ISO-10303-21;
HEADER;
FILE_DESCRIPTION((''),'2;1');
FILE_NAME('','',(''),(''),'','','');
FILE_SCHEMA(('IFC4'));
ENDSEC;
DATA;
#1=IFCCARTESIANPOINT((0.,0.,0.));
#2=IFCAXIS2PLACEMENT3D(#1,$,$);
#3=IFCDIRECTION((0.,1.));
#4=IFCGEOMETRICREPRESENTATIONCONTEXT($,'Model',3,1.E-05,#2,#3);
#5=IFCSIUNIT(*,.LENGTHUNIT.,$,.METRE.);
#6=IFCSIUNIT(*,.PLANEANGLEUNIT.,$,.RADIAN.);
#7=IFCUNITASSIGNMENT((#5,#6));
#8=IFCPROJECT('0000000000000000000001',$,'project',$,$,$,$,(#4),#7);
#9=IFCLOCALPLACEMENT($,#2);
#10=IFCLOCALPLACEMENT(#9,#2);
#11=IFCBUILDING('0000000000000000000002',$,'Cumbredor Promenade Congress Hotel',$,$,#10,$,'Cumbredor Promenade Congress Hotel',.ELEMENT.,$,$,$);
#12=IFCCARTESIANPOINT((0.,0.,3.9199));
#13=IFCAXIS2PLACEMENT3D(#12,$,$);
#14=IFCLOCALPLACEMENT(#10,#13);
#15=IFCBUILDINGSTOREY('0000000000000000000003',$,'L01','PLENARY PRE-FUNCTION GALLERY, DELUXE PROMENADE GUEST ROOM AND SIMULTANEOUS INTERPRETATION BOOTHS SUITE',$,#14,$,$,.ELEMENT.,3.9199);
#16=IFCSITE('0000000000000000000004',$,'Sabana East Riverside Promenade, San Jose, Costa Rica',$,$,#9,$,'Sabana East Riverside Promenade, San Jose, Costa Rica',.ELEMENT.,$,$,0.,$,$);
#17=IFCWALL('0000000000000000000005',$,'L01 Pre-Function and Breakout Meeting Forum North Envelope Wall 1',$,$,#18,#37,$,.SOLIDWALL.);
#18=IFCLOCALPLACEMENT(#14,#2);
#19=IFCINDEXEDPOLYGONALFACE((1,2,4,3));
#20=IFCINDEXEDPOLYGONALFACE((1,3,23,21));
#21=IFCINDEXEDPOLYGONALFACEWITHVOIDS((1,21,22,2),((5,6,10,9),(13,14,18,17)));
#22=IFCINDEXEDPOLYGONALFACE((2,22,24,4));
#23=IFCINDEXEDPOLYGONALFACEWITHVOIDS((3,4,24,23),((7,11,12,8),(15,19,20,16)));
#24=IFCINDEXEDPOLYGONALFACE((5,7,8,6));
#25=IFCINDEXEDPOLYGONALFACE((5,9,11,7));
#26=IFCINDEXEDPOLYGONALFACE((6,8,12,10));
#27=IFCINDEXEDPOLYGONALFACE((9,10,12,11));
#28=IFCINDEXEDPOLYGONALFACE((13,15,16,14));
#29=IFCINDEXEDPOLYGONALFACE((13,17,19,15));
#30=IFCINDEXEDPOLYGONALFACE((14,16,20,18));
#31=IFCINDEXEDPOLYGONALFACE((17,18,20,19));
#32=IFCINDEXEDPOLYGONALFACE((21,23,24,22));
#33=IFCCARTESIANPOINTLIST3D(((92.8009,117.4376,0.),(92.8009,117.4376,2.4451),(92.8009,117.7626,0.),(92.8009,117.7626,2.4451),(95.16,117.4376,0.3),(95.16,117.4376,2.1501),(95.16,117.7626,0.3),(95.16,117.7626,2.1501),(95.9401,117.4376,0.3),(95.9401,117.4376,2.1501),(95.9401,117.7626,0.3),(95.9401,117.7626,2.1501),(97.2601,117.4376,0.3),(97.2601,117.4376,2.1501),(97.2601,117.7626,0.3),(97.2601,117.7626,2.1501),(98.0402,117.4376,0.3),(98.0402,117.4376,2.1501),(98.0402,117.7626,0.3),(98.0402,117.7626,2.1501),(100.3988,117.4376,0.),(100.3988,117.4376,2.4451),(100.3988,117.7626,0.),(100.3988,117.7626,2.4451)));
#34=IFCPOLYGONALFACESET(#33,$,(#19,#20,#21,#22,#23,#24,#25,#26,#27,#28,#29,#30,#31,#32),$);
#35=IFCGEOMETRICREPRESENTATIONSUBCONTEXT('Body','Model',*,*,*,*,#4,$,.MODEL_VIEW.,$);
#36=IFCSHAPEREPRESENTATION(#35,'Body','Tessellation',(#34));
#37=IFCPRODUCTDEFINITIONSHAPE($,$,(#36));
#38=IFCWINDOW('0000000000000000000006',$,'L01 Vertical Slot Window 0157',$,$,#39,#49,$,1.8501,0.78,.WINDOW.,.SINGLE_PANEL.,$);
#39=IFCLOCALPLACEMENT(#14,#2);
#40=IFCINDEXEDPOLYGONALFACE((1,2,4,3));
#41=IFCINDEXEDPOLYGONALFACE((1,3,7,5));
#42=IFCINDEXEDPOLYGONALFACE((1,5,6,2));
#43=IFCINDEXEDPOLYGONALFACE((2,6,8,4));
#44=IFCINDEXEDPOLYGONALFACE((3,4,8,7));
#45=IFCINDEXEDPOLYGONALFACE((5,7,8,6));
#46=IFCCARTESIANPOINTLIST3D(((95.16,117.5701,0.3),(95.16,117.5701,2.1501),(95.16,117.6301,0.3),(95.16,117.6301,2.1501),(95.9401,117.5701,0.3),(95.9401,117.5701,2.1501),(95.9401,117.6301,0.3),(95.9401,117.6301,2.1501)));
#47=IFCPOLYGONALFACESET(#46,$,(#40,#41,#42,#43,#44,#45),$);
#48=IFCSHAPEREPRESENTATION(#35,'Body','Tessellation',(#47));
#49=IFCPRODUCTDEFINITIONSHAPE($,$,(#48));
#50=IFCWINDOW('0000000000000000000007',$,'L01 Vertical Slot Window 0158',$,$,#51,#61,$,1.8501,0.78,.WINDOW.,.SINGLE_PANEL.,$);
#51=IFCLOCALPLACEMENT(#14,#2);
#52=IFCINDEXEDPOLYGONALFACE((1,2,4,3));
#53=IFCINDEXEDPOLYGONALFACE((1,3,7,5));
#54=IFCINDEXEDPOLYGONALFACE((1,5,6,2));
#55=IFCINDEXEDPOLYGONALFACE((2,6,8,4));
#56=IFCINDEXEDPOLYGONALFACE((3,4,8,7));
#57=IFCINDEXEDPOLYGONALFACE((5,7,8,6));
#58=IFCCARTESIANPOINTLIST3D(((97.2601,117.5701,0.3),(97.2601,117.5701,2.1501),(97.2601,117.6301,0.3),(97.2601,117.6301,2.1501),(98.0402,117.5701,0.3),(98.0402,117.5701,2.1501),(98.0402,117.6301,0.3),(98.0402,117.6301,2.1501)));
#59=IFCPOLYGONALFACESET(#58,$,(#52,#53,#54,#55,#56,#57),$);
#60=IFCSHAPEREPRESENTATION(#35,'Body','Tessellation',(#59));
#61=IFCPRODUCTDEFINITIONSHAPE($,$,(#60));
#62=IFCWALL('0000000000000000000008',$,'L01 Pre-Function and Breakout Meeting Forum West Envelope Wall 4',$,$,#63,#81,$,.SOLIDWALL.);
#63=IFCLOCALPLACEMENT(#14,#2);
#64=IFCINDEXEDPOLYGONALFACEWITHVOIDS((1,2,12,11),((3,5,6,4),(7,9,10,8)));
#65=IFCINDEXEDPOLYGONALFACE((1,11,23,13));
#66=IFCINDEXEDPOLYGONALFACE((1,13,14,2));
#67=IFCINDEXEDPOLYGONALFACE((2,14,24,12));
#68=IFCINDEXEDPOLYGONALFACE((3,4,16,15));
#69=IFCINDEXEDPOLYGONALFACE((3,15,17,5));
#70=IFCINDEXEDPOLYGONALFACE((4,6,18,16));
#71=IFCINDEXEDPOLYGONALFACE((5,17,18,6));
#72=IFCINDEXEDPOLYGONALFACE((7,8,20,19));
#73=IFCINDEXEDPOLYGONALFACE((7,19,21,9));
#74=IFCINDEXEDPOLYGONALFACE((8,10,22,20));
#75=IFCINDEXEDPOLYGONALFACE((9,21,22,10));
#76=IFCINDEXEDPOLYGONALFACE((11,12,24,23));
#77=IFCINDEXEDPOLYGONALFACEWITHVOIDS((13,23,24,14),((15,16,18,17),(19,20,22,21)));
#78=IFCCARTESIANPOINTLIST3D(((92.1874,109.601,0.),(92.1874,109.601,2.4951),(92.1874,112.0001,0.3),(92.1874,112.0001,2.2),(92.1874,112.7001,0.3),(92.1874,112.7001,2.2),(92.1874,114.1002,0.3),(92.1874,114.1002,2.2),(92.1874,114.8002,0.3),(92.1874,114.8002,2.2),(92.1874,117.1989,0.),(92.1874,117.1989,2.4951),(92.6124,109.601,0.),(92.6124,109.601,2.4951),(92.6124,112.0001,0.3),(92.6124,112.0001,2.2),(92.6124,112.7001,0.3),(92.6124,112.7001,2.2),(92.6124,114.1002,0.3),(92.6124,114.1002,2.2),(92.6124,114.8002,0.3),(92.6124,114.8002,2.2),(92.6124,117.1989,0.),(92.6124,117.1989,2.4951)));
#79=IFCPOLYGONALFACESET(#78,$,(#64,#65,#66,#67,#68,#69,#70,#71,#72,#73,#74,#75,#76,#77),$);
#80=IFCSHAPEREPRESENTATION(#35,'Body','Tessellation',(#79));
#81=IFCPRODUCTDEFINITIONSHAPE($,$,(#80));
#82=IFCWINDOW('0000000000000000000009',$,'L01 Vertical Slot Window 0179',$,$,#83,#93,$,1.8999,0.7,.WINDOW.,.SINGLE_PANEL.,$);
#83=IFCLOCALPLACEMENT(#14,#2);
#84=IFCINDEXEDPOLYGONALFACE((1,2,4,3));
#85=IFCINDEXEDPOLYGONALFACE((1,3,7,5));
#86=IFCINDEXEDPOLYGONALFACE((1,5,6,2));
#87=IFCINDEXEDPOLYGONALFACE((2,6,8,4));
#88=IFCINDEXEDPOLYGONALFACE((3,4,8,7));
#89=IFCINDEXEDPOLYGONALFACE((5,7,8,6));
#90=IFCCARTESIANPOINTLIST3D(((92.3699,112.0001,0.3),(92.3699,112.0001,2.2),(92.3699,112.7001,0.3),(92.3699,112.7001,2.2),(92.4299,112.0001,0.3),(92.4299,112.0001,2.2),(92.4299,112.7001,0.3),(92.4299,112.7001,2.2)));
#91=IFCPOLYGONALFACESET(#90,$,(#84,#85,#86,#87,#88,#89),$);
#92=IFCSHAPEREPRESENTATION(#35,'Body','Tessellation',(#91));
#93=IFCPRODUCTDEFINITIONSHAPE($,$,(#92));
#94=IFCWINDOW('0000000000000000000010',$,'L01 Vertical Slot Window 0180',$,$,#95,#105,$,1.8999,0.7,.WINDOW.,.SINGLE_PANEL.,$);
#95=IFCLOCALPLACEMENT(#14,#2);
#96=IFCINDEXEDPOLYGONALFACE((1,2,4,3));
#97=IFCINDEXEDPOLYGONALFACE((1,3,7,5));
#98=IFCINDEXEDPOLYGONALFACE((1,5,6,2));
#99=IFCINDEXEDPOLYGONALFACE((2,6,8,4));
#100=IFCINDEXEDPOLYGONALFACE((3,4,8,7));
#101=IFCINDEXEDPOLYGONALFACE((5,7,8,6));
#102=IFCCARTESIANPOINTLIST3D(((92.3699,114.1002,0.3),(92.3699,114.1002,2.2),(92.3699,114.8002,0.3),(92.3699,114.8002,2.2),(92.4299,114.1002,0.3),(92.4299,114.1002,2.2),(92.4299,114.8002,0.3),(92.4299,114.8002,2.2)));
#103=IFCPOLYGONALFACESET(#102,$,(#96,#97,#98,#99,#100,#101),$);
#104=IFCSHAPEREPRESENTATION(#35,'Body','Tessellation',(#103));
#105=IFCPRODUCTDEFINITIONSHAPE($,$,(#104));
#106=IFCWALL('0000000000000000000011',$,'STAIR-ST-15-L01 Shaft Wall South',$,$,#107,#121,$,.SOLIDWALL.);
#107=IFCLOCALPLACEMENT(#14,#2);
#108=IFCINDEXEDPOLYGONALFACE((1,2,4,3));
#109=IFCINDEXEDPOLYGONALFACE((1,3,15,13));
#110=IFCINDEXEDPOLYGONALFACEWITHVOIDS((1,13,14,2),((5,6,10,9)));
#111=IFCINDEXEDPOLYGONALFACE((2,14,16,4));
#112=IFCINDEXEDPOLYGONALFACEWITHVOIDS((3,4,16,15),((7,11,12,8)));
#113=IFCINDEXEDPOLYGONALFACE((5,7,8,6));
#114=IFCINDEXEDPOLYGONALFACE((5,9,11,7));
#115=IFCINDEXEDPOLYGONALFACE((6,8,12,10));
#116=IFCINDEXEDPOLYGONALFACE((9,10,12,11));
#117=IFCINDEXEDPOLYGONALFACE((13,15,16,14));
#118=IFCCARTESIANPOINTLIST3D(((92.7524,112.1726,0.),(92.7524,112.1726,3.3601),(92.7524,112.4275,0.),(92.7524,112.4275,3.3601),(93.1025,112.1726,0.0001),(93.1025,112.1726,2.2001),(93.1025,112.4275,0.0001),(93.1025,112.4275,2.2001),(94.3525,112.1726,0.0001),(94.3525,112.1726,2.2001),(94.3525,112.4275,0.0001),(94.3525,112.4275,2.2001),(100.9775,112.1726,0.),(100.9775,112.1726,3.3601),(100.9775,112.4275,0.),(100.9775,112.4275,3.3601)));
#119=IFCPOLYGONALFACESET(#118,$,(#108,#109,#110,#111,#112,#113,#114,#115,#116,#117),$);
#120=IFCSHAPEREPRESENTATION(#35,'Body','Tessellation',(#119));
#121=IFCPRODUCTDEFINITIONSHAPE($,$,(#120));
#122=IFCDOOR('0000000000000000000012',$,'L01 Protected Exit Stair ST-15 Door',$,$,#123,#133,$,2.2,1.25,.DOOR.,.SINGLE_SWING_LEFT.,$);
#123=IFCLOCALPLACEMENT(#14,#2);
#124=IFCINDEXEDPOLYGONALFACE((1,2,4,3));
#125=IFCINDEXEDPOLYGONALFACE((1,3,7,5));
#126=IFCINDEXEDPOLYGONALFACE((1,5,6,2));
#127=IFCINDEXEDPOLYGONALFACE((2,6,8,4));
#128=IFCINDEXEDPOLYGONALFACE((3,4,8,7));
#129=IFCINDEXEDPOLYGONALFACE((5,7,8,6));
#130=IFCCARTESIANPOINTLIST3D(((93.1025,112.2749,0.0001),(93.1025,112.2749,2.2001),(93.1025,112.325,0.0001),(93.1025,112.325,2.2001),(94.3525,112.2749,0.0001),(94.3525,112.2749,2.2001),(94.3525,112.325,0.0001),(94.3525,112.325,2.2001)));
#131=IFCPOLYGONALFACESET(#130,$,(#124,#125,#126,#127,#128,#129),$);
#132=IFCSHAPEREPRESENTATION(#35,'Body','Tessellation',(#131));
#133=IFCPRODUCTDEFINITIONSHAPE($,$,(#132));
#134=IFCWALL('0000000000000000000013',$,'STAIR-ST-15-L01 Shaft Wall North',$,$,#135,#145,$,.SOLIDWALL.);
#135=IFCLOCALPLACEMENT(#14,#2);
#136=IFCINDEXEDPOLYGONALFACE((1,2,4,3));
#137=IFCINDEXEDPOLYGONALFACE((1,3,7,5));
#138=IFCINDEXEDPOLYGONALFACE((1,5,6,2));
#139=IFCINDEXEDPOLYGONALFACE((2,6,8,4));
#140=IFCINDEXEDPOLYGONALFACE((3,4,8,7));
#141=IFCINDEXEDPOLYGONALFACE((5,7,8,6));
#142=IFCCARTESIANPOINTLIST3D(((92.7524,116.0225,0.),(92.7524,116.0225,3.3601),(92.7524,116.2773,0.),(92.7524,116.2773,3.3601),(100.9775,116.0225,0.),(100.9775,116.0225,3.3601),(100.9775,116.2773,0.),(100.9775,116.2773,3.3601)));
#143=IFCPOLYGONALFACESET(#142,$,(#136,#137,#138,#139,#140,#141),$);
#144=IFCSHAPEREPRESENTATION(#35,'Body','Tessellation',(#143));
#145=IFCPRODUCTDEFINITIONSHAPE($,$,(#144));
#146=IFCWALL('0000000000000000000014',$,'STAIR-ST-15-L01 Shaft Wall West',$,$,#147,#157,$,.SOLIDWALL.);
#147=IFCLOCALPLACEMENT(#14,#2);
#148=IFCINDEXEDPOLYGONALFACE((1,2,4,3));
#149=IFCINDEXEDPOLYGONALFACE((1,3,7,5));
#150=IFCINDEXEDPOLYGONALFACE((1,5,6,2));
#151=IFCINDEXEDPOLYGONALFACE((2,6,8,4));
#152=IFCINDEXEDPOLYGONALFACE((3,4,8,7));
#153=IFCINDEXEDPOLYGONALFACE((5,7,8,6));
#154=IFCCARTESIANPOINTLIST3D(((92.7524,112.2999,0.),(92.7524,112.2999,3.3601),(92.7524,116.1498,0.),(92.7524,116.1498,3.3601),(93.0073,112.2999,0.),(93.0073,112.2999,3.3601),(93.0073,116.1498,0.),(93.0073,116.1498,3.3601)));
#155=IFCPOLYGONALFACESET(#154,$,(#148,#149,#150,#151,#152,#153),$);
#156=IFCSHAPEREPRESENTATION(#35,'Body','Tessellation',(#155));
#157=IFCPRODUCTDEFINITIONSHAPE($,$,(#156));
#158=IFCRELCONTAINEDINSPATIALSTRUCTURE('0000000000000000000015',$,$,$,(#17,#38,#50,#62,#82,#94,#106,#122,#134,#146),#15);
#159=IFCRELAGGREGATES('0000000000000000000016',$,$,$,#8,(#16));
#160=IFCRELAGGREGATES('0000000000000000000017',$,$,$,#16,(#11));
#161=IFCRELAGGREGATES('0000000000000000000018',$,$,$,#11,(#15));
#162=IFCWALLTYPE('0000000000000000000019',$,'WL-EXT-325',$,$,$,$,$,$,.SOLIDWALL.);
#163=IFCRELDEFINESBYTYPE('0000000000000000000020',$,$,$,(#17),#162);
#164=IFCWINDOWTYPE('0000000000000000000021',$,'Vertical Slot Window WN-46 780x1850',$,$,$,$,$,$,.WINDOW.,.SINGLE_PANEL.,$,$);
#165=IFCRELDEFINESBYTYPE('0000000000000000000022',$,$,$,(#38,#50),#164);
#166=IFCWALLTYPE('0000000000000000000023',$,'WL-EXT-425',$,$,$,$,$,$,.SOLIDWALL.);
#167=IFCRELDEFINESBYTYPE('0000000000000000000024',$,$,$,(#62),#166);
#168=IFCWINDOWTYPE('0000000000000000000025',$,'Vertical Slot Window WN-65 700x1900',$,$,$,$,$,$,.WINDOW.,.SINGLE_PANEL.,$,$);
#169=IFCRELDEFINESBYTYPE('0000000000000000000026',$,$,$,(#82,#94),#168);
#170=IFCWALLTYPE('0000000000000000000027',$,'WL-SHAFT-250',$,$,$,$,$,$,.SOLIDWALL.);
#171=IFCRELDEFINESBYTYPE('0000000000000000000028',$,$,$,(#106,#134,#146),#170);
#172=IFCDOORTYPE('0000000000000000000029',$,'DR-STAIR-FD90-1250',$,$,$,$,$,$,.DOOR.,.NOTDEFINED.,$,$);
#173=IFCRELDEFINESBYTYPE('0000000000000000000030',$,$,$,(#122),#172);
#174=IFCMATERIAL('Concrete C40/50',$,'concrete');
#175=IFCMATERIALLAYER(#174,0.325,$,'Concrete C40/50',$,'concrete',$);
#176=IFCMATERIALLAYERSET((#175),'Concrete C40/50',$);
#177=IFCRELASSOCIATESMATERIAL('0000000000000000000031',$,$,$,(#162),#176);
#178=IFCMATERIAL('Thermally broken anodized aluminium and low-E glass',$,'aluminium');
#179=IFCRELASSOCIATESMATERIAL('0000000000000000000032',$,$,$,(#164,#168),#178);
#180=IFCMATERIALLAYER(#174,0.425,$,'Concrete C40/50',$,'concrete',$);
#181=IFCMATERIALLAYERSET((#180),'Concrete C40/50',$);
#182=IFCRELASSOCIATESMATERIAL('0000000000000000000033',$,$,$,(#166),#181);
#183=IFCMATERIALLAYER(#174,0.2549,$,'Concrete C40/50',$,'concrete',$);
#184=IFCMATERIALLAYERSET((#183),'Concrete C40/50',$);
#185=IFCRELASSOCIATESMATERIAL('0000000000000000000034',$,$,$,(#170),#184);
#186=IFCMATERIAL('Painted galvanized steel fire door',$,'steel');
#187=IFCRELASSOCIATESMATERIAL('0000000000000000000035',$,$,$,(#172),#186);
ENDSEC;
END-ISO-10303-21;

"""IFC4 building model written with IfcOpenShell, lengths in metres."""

from ifc_helpers import new_model, si_unit, direction, frame, frame_2d, origin, place, context, subcontext, project, spatial, rectangle, extrude, material, layer, layer_set, type_object, element, fill, save


model = new_model("IFC4")

# Units and contexts
model_context = context("Model", 3, precision=1e-05, world=origin(), true_north=direction((0.0, 1.0)))
body_context = subcontext(model_context, "Body", "Model", "MODEL_VIEW")
ifc_project = project(units=[si_unit("LENGTHUNIT", "METRE"), si_unit("PLANEANGLEUNIT", "RADIAN")], contexts=[model_context])

# Site, building, storey
site_placement = place(None, origin())
site = spatial("IfcSite", under=ifc_project, at=site_placement, Name="Sabana East Riverside Promenade, San Jose, Costa Rica", LongName="Sabana East Riverside Promenade, San Jose, Costa Rica", CompositionType="ELEMENT", RefElevation=0.0)
building_placement = place(site_placement, origin())
building = spatial("IfcBuilding", under=site, at=building_placement, Name="Cumbredor Promenade Congress Hotel", LongName="Cumbredor Promenade Congress Hotel", CompositionType="ELEMENT")
storey_placement = place(building_placement, frame((0.0, 0.0, 3.9199)))
storey = spatial("IfcBuildingStorey", under=building, at=storey_placement, Name="L01", Description="PLENARY PRE-FUNCTION GALLERY, DELUXE PROMENADE GUEST ROOM AND SIMULTANEOUS INTERPRETATION BOOTHS SUITE", CompositionType="ELEMENT", Elevation=3.9199)

# Shared definitions
ifc_material_1 = material(Name="Concrete C40/50", Category="concrete")

# Shared definitions
ifc_material_2 = material(Name="Thermally broken anodized aluminium and low-E glass", Category="aluminium")

# Walls, openings, windows
ifc_layer_1 = layer(ifc_material_1, 0.325, Name="Concrete C40/50", Category="concrete")
ifc_layer_set_1 = layer_set([ifc_layer_1], Name="Concrete C40/50")
wall_type_1 = type_object("IfcWallType", Name="WL-EXT-325", PredefinedType="SOLIDWALL", material=ifc_layer_set_1)
wall_1_placement = place(storey_placement, frame((92.801, 117.6001, 0.0), z_axis=(0.0, 0.0, 1.0), x_axis=(1.0, 0.0, 0.0)))
wall_1 = element("IfcWall", 1, at=wall_1_placement, inside=storey, type_object=wall_type_1, Name="L01 Pre-Function and Breakout Meeting Forum North Envelope Wall 1", PredefinedType="SOLIDWALL", context=body_context, shape_type="SweptSolid", body=[
    extrude(rectangle(XDim=7.5979, YDim=0.325, at=frame_2d((3.7988, 0.0))), origin(), (0.0, 0.0, 1.0), 2.4451),
])
opening_1_placement = place(wall_1_placement, frame((2.3589, 0.0, 0.3)))
opening_1 = element("IfcOpeningElement", 2, at=opening_1_placement, cuts=wall_1, PredefinedType="OPENING", context=body_context, shape_type="SweptSolid", body=[
    extrude(rectangle(XDim=0.78, YDim=1.8501, at=frame_2d((0.3901, 0.925))), frame((0.0, 0.1724, 0.0), z_axis=(0.0, -1.0, 0.0), x_axis=(1.0, 0.0, 0.0)), (0.0, 0.0, 1.0), 0.345),
])
opening_2_placement = place(wall_1_placement, frame((4.459, 0.0, 0.3)))
opening_2 = element("IfcOpeningElement", 3, at=opening_2_placement, cuts=wall_1, PredefinedType="OPENING", context=body_context, shape_type="SweptSolid", body=[
    extrude(rectangle(XDim=0.78, YDim=1.8501, at=frame_2d((0.3901, 0.925))), frame((0.0, 0.1724, 0.0), z_axis=(0.0, -1.0, 0.0), x_axis=(1.0, 0.0, 0.0)), (0.0, 0.0, 1.0), 0.345),
])
window_type_1 = type_object("IfcWindowType", Name="Vertical Slot Window WN-46 780x1850", PartitioningType="SINGLE_PANEL", PredefinedType="WINDOW", material=ifc_material_2)
window_1_placement = place(opening_1_placement, origin())
window_1 = element("IfcWindow", 4, at=window_1_placement, inside=storey, type_object=window_type_1, Name="L01 Vertical Slot Window 0157", OverallHeight=1.8501, OverallWidth=0.78, PartitioningType="SINGLE_PANEL", PredefinedType="WINDOW", context=body_context, shape_type="SweptSolid", body=[
    extrude(rectangle(XDim=0.78, YDim=1.8501, at=frame_2d((0.3901, 0.925))), frame((0.0, 0.03, 0.0), z_axis=(0.0, -1.0, 0.0), x_axis=(1.0, 0.0, 0.0)), (0.0, 0.0, 1.0), 0.0601),
])
fill(opening_1, window_1)
window_2_placement = place(opening_2_placement, origin())
window_2 = element("IfcWindow", 5, at=window_2_placement, inside=storey, type_object=window_type_1, Name="L01 Vertical Slot Window 0158", OverallHeight=1.8501, OverallWidth=0.78, PartitioningType="SINGLE_PANEL", PredefinedType="WINDOW", context=body_context, shape_type="SweptSolid", body=[
    extrude(rectangle(XDim=0.78, YDim=1.8501, at=frame_2d((0.3901, 0.925))), frame((0.0, 0.03, 0.0), z_axis=(0.0, -1.0, 0.0), x_axis=(1.0, 0.0, 0.0)), (0.0, 0.0, 1.0), 0.0601),
])
fill(opening_2, window_2)
ifc_layer_2 = layer(ifc_material_1, 0.425, Name="Concrete C40/50", Category="concrete")
ifc_layer_set_2 = layer_set([ifc_layer_2], Name="Concrete C40/50")
wall_type_2 = type_object("IfcWallType", Name="WL-EXT-425", PredefinedType="SOLIDWALL", material=ifc_layer_set_2)
wall_2_placement = place(storey_placement, frame((92.3999, 109.6011, 0.0), z_axis=(0.0, 0.0, 1.0), x_axis=(0.0, 1.0, 0.0)))
wall_2 = element("IfcWall", 6, at=wall_2_placement, inside=storey, type_object=wall_type_2, Name="L01 Pre-Function and Breakout Meeting Forum West Envelope Wall 4", PredefinedType="SOLIDWALL", context=body_context, shape_type="SweptSolid", body=[
    extrude(rectangle(XDim=7.5979, YDim=0.425, at=frame_2d((3.7988, 0.0))), origin(), (0.0, 0.0, 1.0), 2.4951),
])
opening_3_placement = place(wall_2_placement, frame((2.3989, 0.0, 0.3)))
opening_3 = element("IfcOpeningElement", 7, at=opening_3_placement, cuts=wall_2, PredefinedType="OPENING", context=body_context, shape_type="SweptSolid", body=[
    extrude(rectangle(XDim=0.7, YDim=1.8999, at=frame_2d((0.3501, 0.95))), frame((0.0, 0.2227, 0.0), z_axis=(0.0, -1.0, 0.0), x_axis=(1.0, 0.0, 0.0)), (0.0, 0.0, 1.0), 0.4451),
])
opening_4_placement = place(wall_2_placement, frame((4.499, 0.0, 0.3)))
opening_4 = element("IfcOpeningElement", 8, at=opening_4_placement, cuts=wall_2, PredefinedType="OPENING", context=body_context, shape_type="SweptSolid", body=[
    extrude(rectangle(XDim=0.7, YDim=1.8999, at=frame_2d((0.3501, 0.95))), frame((0.0, 0.2227, 0.0), z_axis=(0.0, -1.0, 0.0), x_axis=(1.0, 0.0, 0.0)), (0.0, 0.0, 1.0), 0.4451),
])
window_type_2 = type_object("IfcWindowType", Name="Vertical Slot Window WN-65 700x1900", PartitioningType="SINGLE_PANEL", PredefinedType="WINDOW", material=ifc_material_2)
window_3_placement = place(opening_3_placement, origin())
window_3 = element("IfcWindow", 9, at=window_3_placement, inside=storey, type_object=window_type_2, Name="L01 Vertical Slot Window 0179", OverallHeight=1.8999, OverallWidth=0.7, PartitioningType="SINGLE_PANEL", PredefinedType="WINDOW", context=body_context, shape_type="SweptSolid", body=[
    extrude(rectangle(XDim=0.7, YDim=1.8999, at=frame_2d((0.3501, 0.95))), frame((0.0, 0.03, 0.0), z_axis=(0.0, -1.0, 0.0), x_axis=(1.0, 0.0, 0.0)), (0.0, 0.0, 1.0), 0.0601),
])
fill(opening_3, window_3)
window_4_placement = place(opening_4_placement, origin())
window_4 = element("IfcWindow", 10, at=window_4_placement, inside=storey, type_object=window_type_2, Name="L01 Vertical Slot Window 0180", OverallHeight=1.8999, OverallWidth=0.7, PartitioningType="SINGLE_PANEL", PredefinedType="WINDOW", context=body_context, shape_type="SweptSolid", body=[
    extrude(rectangle(XDim=0.7, YDim=1.8999, at=frame_2d((0.3501, 0.95))), frame((0.0, 0.03, 0.0), z_axis=(0.0, -1.0, 0.0), x_axis=(1.0, 0.0, 0.0)), (0.0, 0.0, 1.0), 0.0601),
])
fill(opening_4, window_4)

# Wall, opening, door
ifc_layer_3 = layer(ifc_material_1, 0.2549, Name="Concrete C40/50", Category="concrete")
ifc_layer_set_3 = layer_set([ifc_layer_3], Name="Concrete C40/50")
wall_type_3 = type_object("IfcWallType", Name="WL-SHAFT-250", PredefinedType="SOLIDWALL", material=ifc_layer_set_3)
wall_3_placement = place(storey_placement, frame((92.7524, 112.3, 0.0), z_axis=(0.0, 0.0, 1.0), x_axis=(1.0, 0.0, 0.0)))
wall_3 = element("IfcWall", 11, at=wall_3_placement, inside=storey, type_object=wall_type_3, Name="STAIR-ST-15-L01 Shaft Wall South", PredefinedType="SOLIDWALL", context=body_context, shape_type="SweptSolid", body=[
    extrude(rectangle(XDim=8.2251, YDim=0.2549, at=frame_2d((4.1125, 0.0))), origin(), (0.0, 0.0, 1.0), 3.3601),
])
opening_5_placement = place(wall_3_placement, frame((0.3501, 0.0, 0.0)))
opening_5 = element("IfcOpeningElement", 12, at=opening_5_placement, cuts=wall_3, PredefinedType="OPENING", context=body_context, shape_type="SweptSolid", body=[
    extrude(rectangle(XDim=1.25, YDim=2.2, at=frame_2d((0.625, 1.1001))), frame((0.0, 0.1375, 0.0), z_axis=(0.0, -1.0, 0.0), x_axis=(1.0, 0.0, 0.0)), (0.0, 0.0, 1.0), 0.2749),
])
ifc_material_3 = material(Name="Painted galvanized steel fire door", Category="steel")
door_type = type_object("IfcDoorType", Name="DR-STAIR-FD90-1250", OperationType="NOTDEFINED", PredefinedType="DOOR", material=ifc_material_3)
door_placement = place(opening_5_placement, origin())
door = element("IfcDoor", 13, at=door_placement, inside=storey, type_object=door_type, Name="L01 Protected Exit Stair ST-15 Door", OperationType="SINGLE_SWING_LEFT", OverallHeight=2.2, OverallWidth=1.25, PredefinedType="DOOR", context=body_context, shape_type="SweptSolid", body=[
    extrude(rectangle(XDim=1.25, YDim=2.2, at=frame_2d((0.625, 1.1001))), frame((0.0, 0.0249, 0.0), z_axis=(0.0, -1.0, 0.0), x_axis=(1.0, 0.0, 0.0)), (0.0, 0.0, 1.0), 0.05),
])
fill(opening_5, door)

# Walls
wall_4_placement = place(storey_placement, frame((92.7524, 116.1499, 0.0), z_axis=(0.0, 0.0, 1.0), x_axis=(1.0, 0.0, 0.0)))
element("IfcWall", 14, at=wall_4_placement, inside=storey, type_object=wall_type_3, Name="STAIR-ST-15-L01 Shaft Wall North", PredefinedType="SOLIDWALL", context=body_context, shape_type="SweptSolid", body=[
    extrude(rectangle(XDim=8.2251, YDim=0.2549, at=frame_2d((4.1125, 0.0))), origin(), (0.0, 0.0, 1.0), 3.3601),
])
wall_5_placement = place(storey_placement, frame((92.8799, 112.3, 0.0), z_axis=(0.0, 0.0, 1.0), x_axis=(0.0, 1.0, 0.0)))
element("IfcWall", 15, at=wall_5_placement, inside=storey, type_object=wall_type_3, Name="STAIR-ST-15-L01 Shaft Wall West", PredefinedType="SOLIDWALL", context=body_context, shape_type="SweptSolid", body=[
    extrude(rectangle(XDim=3.8499, YDim=0.2549, at=frame_2d((1.9248, 0.0))), origin(), (0.0, 0.0, 1.0), 3.3601),
])

save(model, "model.ifc")
